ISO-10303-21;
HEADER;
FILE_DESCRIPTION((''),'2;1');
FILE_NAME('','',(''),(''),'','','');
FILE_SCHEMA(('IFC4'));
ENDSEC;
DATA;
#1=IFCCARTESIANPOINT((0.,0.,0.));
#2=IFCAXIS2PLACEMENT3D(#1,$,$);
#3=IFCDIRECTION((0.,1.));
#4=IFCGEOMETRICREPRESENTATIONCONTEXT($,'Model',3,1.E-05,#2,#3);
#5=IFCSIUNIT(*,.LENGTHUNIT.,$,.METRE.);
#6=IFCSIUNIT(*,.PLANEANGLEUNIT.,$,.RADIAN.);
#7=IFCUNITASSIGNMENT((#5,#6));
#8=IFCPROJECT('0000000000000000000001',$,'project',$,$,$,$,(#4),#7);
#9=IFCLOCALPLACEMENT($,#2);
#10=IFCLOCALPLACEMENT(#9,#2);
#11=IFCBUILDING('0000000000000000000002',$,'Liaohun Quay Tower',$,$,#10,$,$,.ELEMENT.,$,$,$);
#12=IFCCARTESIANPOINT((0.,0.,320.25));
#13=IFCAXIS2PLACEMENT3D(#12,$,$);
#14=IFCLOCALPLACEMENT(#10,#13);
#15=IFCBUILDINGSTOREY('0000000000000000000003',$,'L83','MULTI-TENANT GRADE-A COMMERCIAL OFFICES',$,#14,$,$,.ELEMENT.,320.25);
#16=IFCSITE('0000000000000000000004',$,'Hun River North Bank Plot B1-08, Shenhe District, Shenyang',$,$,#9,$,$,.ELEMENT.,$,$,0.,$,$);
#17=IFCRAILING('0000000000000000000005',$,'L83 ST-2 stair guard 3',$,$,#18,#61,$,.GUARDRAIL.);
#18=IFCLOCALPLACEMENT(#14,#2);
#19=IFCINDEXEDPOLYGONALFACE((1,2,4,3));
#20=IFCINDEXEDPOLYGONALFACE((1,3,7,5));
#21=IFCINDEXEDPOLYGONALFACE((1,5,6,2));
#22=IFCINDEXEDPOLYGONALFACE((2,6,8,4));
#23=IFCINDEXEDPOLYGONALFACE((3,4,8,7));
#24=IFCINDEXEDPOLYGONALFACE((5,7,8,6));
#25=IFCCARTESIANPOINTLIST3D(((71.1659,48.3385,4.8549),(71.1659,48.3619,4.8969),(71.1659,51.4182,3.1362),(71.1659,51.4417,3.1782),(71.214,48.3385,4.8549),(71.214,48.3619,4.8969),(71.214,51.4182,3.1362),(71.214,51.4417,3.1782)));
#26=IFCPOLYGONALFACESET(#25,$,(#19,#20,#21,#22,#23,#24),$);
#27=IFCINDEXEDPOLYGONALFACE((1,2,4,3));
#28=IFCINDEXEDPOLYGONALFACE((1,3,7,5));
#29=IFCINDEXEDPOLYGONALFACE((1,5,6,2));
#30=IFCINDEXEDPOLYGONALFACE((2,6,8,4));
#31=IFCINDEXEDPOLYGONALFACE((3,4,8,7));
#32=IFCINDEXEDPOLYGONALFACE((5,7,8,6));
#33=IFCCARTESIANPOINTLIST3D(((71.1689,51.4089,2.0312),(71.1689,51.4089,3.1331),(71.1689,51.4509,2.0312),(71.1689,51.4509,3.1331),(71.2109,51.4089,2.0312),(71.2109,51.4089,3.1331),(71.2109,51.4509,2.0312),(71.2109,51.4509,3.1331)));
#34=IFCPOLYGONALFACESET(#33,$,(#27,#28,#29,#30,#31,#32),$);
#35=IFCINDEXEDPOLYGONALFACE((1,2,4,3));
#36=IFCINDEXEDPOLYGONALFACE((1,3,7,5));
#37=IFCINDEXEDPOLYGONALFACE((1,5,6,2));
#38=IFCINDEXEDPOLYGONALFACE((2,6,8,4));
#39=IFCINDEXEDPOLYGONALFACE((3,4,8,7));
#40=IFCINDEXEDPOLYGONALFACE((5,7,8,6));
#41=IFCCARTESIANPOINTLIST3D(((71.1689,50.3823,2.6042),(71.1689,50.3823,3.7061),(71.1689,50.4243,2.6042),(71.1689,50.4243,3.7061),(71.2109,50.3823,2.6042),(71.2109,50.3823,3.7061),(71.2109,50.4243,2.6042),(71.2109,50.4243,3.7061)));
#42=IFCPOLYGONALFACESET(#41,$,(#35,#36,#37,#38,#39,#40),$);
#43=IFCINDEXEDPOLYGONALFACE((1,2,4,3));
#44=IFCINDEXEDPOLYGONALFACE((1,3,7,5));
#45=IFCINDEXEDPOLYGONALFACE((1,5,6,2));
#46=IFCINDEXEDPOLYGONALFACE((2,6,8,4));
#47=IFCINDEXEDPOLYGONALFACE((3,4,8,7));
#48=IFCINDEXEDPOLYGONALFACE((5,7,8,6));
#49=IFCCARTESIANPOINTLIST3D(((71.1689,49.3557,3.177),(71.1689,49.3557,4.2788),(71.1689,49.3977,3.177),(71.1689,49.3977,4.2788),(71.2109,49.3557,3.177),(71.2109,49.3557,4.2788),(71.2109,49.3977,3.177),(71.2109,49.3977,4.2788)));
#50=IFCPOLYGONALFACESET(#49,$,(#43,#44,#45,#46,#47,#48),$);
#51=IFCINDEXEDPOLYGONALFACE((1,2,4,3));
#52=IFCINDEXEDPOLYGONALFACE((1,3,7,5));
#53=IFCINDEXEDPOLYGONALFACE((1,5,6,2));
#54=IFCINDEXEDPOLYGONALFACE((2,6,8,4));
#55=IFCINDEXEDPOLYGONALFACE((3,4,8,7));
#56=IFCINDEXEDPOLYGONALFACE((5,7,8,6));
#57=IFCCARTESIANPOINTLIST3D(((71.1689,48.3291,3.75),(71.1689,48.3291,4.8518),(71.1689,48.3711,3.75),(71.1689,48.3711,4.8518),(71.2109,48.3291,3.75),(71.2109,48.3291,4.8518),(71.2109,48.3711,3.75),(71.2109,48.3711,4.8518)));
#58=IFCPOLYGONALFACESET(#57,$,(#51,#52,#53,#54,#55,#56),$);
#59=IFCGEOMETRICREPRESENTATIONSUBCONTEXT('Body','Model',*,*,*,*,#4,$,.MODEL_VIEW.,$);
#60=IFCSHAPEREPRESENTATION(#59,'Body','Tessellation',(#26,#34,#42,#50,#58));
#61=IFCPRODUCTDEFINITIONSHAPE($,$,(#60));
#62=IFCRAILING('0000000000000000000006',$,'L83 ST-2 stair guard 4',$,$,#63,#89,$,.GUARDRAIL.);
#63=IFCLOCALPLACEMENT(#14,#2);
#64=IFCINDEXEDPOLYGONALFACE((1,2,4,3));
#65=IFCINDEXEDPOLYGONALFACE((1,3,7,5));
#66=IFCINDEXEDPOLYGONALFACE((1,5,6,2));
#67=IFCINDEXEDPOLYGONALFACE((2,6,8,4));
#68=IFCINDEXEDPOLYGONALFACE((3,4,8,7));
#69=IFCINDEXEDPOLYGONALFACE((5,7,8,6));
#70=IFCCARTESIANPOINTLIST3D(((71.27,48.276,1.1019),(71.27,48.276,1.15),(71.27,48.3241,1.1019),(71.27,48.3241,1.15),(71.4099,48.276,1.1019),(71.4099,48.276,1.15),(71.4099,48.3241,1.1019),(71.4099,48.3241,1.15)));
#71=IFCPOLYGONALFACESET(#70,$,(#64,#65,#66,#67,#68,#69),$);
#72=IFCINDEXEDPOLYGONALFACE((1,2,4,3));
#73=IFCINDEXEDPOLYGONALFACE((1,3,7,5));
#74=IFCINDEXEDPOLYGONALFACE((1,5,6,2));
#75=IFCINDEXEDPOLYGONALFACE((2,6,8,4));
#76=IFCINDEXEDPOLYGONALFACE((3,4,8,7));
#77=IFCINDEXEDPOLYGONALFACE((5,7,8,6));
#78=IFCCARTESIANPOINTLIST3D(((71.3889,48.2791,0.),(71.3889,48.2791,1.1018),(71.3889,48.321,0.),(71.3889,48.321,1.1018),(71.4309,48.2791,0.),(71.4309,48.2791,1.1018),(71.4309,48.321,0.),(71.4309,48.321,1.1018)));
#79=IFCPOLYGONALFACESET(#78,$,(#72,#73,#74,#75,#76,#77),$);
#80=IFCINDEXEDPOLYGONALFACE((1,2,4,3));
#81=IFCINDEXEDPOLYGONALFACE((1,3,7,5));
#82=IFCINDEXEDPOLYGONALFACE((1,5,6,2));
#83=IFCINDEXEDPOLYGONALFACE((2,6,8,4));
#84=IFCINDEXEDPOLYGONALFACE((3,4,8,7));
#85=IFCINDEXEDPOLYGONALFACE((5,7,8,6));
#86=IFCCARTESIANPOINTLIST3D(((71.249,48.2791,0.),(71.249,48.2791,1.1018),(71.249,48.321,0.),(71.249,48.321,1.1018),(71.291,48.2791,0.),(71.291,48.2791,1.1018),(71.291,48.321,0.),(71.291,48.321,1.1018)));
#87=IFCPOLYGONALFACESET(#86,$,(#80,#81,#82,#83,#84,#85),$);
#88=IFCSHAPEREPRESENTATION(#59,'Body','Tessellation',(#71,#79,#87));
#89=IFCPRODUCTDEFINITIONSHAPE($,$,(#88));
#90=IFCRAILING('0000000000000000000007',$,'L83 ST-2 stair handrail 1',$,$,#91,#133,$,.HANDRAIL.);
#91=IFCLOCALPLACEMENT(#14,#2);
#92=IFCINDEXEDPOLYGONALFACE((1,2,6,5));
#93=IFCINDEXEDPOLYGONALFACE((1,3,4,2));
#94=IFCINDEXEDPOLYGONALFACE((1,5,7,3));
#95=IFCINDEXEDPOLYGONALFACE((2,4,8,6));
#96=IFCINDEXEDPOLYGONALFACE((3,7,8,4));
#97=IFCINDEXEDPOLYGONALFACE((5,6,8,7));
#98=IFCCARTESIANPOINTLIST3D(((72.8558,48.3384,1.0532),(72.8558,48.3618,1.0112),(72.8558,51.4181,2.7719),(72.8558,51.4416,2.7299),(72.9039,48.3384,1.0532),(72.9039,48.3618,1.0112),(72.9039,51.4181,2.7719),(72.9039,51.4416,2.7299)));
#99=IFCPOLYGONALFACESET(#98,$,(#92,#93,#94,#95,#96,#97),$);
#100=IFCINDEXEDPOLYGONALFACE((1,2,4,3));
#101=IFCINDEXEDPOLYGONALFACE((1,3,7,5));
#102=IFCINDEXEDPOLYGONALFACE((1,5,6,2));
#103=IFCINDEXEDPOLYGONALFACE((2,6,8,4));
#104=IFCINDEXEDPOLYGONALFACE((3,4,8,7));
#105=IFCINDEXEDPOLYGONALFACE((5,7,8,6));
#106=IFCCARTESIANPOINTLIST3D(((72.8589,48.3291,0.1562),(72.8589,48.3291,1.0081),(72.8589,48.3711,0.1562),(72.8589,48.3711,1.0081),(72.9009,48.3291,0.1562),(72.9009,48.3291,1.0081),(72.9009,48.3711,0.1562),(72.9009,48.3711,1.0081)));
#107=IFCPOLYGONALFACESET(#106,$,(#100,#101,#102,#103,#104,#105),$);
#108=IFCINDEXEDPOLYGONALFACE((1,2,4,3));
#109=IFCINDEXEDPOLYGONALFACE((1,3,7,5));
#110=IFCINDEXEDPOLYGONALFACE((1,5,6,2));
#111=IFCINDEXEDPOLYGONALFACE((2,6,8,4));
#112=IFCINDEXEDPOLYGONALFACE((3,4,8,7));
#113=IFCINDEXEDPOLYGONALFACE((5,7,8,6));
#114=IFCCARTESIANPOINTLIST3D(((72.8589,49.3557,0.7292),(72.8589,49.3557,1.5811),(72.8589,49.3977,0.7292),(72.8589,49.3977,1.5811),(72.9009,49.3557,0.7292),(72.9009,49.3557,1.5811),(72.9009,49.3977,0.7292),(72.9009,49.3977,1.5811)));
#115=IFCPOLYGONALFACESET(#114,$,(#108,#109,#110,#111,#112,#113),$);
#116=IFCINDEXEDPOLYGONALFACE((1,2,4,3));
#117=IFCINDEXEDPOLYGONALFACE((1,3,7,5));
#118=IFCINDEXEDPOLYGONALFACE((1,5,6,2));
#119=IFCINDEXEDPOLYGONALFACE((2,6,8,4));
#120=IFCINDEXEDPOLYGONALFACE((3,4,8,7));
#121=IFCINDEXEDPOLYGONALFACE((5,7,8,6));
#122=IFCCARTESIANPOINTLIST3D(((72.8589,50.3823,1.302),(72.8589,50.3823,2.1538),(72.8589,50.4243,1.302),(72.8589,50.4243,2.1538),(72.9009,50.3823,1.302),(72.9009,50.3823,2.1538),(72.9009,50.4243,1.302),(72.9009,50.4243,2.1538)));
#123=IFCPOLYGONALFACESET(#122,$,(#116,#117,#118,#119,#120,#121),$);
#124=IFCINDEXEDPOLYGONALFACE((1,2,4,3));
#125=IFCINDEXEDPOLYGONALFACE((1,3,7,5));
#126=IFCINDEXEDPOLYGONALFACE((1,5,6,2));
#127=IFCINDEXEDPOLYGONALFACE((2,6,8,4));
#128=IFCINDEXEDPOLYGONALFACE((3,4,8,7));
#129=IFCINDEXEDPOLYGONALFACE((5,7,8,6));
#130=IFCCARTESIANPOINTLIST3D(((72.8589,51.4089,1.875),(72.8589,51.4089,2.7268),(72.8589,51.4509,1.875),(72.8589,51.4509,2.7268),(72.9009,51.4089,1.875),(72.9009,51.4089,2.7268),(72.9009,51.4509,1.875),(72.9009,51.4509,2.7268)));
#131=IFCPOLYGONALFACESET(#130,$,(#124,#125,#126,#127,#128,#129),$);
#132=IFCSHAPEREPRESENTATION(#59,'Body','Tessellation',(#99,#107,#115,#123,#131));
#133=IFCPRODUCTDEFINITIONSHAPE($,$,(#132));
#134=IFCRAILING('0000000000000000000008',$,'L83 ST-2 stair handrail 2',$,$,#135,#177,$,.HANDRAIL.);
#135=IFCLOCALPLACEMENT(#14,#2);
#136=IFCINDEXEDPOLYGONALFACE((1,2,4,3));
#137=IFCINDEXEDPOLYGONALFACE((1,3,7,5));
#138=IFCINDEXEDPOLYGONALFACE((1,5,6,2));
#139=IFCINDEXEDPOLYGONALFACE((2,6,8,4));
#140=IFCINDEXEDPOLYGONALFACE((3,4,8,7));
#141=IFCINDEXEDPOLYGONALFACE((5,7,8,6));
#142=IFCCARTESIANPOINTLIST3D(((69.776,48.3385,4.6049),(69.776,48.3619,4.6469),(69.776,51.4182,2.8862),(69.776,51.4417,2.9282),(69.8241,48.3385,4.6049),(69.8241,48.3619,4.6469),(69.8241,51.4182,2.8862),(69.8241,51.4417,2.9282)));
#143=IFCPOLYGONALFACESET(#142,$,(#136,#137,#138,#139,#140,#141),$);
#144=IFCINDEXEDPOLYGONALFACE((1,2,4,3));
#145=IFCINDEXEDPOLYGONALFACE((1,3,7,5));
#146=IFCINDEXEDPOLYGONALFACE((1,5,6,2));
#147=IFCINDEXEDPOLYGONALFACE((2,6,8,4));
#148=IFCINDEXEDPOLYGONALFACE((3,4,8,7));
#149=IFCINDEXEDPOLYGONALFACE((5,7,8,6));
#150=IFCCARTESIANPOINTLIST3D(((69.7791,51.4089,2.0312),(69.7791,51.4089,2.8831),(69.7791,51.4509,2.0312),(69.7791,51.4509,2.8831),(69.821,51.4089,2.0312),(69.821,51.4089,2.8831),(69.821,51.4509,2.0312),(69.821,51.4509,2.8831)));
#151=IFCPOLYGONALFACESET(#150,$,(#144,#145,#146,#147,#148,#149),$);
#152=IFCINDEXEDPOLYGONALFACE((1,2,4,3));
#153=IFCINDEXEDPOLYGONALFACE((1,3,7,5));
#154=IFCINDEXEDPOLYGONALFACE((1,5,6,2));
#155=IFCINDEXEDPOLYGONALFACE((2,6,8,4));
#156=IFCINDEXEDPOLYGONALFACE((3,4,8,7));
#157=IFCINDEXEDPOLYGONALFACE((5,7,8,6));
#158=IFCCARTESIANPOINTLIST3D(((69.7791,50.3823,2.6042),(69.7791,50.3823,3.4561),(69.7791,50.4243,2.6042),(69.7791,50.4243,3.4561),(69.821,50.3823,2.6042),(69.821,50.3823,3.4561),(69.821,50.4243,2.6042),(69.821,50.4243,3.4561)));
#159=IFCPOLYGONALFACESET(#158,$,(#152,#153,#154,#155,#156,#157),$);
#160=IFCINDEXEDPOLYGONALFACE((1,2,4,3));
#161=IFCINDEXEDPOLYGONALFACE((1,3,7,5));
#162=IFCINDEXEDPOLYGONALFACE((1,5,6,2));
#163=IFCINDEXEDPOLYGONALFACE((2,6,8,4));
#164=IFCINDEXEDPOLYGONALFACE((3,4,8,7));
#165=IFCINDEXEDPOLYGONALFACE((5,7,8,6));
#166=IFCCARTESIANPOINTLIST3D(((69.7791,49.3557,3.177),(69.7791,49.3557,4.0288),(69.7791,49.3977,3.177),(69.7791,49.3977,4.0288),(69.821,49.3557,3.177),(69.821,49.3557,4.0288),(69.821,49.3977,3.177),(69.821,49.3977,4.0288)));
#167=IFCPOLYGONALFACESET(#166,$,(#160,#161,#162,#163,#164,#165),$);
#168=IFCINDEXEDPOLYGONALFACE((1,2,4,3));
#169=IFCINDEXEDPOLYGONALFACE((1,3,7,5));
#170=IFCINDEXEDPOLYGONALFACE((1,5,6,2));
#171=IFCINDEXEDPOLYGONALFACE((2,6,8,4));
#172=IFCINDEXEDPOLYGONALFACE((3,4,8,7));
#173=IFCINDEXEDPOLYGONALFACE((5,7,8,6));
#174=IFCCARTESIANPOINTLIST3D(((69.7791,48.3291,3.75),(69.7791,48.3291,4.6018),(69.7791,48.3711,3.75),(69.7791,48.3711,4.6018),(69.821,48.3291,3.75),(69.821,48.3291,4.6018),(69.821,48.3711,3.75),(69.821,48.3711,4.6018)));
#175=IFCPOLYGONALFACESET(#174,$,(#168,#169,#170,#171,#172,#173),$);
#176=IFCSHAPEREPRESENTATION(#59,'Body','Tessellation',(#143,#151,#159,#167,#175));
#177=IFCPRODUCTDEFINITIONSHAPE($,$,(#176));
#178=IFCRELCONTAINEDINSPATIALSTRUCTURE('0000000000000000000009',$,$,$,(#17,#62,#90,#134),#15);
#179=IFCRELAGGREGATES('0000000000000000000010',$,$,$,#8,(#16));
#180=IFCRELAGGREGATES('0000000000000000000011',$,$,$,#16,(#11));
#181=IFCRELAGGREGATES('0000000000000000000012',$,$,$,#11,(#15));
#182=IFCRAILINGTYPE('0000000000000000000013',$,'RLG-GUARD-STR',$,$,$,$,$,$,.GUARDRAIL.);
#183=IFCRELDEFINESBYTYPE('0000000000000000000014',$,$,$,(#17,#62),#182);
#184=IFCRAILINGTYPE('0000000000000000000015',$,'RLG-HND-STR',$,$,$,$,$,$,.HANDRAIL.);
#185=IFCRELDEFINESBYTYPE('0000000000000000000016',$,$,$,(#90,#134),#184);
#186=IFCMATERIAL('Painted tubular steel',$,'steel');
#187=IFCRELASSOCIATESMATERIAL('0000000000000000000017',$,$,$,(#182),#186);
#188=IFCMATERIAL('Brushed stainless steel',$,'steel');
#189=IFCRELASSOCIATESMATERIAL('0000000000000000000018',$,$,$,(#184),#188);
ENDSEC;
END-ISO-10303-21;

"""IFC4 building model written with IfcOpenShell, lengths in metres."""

from ifc_helpers import new_model, si_unit, direction, frame, origin, origin_2d, place, context, subcontext, project, spatial, rectangle, extrude, material, type_object, element, save


model = new_model("IFC4")

# Units and contexts
model_context = context("Model", 3, precision=1e-05, world=origin(), true_north=direction((0.0, 1.0)))
body_context = subcontext(model_context, "Body", "Model", "MODEL_VIEW")
ifc_project = project(units=[si_unit("LENGTHUNIT", "METRE"), si_unit("PLANEANGLEUNIT", "RADIAN")], contexts=[model_context])

# Site, building, storey
site_placement = place(None, origin())
site = spatial("IfcSite", under=ifc_project, at=site_placement, Name="Hun River North Bank Plot B1-08, Shenhe District, Shenyang", CompositionType="ELEMENT", RefElevation=0.0)
building_placement = place(site_placement, origin())
building = spatial("IfcBuilding", under=site, at=building_placement, Name="Liaohun Quay Tower", CompositionType="ELEMENT")
storey_placement = place(building_placement, frame((0.0, 0.0, 320.25)))
storey = spatial("IfcBuildingStorey", under=building, at=storey_placement, Name="L83", Description="MULTI-TENANT GRADE-A COMMERCIAL OFFICES", CompositionType="ELEMENT", Elevation=320.25)

# Railings
ifc_material_1 = material(Name="Painted tubular steel", Category="steel")
railing_type_1 = type_object("IfcRailingType", Name="RLG-GUARD-STR", PredefinedType="GUARDRAIL", material=ifc_material_1)
railing_1_placement = place(storey_placement, frame((71.1899, 51.4299, 2.0312)))
element("IfcRailing", 1, at=railing_1_placement, inside=storey, type_object=railing_type_1, Name="L83 ST-2 stair guard 3", PredefinedType="GUARDRAIL", context=body_context, shape_type="SweptSolid", body=[
    extrude(rectangle(XDim=0.0481, YDim=0.0481, at=origin_2d()), frame((0.0, 0.0, 1.126), z_axis=(0.0, -0.873225, 0.487317), x_axis=(1.0, 0.0, 0.0)), (0.0, 0.0, 1.0), 3.5269),
    extrude(rectangle(XDim=0.042, YDim=0.042, at=origin_2d()), origin(), (0.0, 0.0, 1.0), 1.1018),
    extrude(rectangle(XDim=0.042, YDim=0.042, at=origin_2d()), frame((0.0, -1.0266, 0.573)), (0.0, 0.0, 1.0), 1.1018),
    extrude(rectangle(XDim=0.042, YDim=0.042, at=origin_2d()), frame((0.0, -2.0532, 1.1458)), (0.0, 0.0, 1.0), 1.1018),
    extrude(rectangle(XDim=0.042, YDim=0.042, at=origin_2d()), frame((0.0, -3.0798, 1.7188)), (0.0, 0.0, 1.0), 1.1018),
])
railing_2_placement = place(storey_placement, frame((71.4099, 48.3, 0.0)))
element("IfcRailing", 2, at=railing_2_placement, inside=storey, type_object=railing_type_1, Name="L83 ST-2 stair guard 4", PredefinedType="GUARDRAIL", context=body_context, shape_type="SweptSolid", body=[
    extrude(rectangle(XDim=0.0481, YDim=0.0481, at=origin_2d()), frame((0.0, 0.0, 1.126), z_axis=(-1.0, 0.0, 0.0), x_axis=(0.0, -1.0, 0.0)), (0.0, 0.0, 1.0), 0.1399),
    extrude(rectangle(XDim=0.042, YDim=0.042, at=origin_2d()), origin(), (0.0, 0.0, 1.0), 1.1018),
    extrude(rectangle(XDim=0.042, YDim=0.042, at=origin_2d()), frame((-0.1399, 0.0, 0.0)), (0.0, 0.0, 1.0), 1.1018),
])
ifc_material_2 = material(Name="Brushed stainless steel", Category="steel")
railing_type_2 = type_object("IfcRailingType", Name="RLG-HND-STR", PredefinedType="HANDRAIL", material=ifc_material_2)
railing_3_placement = place(storey_placement, frame((72.8799, 48.3501, 0.1562)))
element("IfcRailing", 3, at=railing_3_placement, inside=storey, type_object=railing_type_2, Name="L83 ST-2 stair handrail 1", PredefinedType="HANDRAIL", context=body_context, shape_type="SweptSolid", body=[
    extrude(rectangle(XDim=0.0481, YDim=0.0481, at=origin_2d()), frame((0.0, 0.0, 0.876), z_axis=(0.0, 0.873225, 0.487317), x_axis=(-1.0, 0.0, 0.0)), (0.0, 0.0, 1.0), 3.5269),
    extrude(rectangle(XDim=0.042, YDim=0.042, at=origin_2d()), origin(), (0.0, 0.0, 1.0), 0.8518),
    extrude(rectangle(XDim=0.042, YDim=0.042, at=origin_2d()), frame((0.0, 1.0266, 0.573)), (0.0, 0.0, 1.0), 0.8518),
    extrude(rectangle(XDim=0.042, YDim=0.042, at=origin_2d()), frame((0.0, 2.0532, 1.1458)), (0.0, 0.0, 1.0), 0.8518),
    extrude(rectangle(XDim=0.042, YDim=0.042, at=origin_2d()), frame((0.0, 3.0798, 1.7188)), (0.0, 0.0, 1.0), 0.8518),
])
railing_4_placement = place(storey_placement, frame((69.8, 51.4299, 2.0312)))
element("IfcRailing", 4, at=railing_4_placement, inside=storey, type_object=railing_type_2, Name="L83 ST-2 stair handrail 2", PredefinedType="HANDRAIL", context=body_context, shape_type="SweptSolid", body=[
    extrude(rectangle(XDim=0.0481, YDim=0.0481, at=origin_2d()), frame((0.0, 0.0, 0.876), z_axis=(0.0, -0.873225, 0.487317), x_axis=(1.0, 0.0, 0.0)), (0.0, 0.0, 1.0), 3.5269),
    extrude(rectangle(XDim=0.042, YDim=0.042, at=origin_2d()), origin(), (0.0, 0.0, 1.0), 0.8518),
    extrude(rectangle(XDim=0.042, YDim=0.042, at=origin_2d()), frame((0.0, -1.0266, 0.573)), (0.0, 0.0, 1.0), 0.8518),
    extrude(rectangle(XDim=0.042, YDim=0.042, at=origin_2d()), frame((0.0, -2.0532, 1.1458)), (0.0, 0.0, 1.0), 0.8518),
    extrude(rectangle(XDim=0.042, YDim=0.042, at=origin_2d()), frame((0.0, -3.0798, 1.7188)), (0.0, 0.0, 1.0), 0.8518),
])

save(model, "model.ifc")
